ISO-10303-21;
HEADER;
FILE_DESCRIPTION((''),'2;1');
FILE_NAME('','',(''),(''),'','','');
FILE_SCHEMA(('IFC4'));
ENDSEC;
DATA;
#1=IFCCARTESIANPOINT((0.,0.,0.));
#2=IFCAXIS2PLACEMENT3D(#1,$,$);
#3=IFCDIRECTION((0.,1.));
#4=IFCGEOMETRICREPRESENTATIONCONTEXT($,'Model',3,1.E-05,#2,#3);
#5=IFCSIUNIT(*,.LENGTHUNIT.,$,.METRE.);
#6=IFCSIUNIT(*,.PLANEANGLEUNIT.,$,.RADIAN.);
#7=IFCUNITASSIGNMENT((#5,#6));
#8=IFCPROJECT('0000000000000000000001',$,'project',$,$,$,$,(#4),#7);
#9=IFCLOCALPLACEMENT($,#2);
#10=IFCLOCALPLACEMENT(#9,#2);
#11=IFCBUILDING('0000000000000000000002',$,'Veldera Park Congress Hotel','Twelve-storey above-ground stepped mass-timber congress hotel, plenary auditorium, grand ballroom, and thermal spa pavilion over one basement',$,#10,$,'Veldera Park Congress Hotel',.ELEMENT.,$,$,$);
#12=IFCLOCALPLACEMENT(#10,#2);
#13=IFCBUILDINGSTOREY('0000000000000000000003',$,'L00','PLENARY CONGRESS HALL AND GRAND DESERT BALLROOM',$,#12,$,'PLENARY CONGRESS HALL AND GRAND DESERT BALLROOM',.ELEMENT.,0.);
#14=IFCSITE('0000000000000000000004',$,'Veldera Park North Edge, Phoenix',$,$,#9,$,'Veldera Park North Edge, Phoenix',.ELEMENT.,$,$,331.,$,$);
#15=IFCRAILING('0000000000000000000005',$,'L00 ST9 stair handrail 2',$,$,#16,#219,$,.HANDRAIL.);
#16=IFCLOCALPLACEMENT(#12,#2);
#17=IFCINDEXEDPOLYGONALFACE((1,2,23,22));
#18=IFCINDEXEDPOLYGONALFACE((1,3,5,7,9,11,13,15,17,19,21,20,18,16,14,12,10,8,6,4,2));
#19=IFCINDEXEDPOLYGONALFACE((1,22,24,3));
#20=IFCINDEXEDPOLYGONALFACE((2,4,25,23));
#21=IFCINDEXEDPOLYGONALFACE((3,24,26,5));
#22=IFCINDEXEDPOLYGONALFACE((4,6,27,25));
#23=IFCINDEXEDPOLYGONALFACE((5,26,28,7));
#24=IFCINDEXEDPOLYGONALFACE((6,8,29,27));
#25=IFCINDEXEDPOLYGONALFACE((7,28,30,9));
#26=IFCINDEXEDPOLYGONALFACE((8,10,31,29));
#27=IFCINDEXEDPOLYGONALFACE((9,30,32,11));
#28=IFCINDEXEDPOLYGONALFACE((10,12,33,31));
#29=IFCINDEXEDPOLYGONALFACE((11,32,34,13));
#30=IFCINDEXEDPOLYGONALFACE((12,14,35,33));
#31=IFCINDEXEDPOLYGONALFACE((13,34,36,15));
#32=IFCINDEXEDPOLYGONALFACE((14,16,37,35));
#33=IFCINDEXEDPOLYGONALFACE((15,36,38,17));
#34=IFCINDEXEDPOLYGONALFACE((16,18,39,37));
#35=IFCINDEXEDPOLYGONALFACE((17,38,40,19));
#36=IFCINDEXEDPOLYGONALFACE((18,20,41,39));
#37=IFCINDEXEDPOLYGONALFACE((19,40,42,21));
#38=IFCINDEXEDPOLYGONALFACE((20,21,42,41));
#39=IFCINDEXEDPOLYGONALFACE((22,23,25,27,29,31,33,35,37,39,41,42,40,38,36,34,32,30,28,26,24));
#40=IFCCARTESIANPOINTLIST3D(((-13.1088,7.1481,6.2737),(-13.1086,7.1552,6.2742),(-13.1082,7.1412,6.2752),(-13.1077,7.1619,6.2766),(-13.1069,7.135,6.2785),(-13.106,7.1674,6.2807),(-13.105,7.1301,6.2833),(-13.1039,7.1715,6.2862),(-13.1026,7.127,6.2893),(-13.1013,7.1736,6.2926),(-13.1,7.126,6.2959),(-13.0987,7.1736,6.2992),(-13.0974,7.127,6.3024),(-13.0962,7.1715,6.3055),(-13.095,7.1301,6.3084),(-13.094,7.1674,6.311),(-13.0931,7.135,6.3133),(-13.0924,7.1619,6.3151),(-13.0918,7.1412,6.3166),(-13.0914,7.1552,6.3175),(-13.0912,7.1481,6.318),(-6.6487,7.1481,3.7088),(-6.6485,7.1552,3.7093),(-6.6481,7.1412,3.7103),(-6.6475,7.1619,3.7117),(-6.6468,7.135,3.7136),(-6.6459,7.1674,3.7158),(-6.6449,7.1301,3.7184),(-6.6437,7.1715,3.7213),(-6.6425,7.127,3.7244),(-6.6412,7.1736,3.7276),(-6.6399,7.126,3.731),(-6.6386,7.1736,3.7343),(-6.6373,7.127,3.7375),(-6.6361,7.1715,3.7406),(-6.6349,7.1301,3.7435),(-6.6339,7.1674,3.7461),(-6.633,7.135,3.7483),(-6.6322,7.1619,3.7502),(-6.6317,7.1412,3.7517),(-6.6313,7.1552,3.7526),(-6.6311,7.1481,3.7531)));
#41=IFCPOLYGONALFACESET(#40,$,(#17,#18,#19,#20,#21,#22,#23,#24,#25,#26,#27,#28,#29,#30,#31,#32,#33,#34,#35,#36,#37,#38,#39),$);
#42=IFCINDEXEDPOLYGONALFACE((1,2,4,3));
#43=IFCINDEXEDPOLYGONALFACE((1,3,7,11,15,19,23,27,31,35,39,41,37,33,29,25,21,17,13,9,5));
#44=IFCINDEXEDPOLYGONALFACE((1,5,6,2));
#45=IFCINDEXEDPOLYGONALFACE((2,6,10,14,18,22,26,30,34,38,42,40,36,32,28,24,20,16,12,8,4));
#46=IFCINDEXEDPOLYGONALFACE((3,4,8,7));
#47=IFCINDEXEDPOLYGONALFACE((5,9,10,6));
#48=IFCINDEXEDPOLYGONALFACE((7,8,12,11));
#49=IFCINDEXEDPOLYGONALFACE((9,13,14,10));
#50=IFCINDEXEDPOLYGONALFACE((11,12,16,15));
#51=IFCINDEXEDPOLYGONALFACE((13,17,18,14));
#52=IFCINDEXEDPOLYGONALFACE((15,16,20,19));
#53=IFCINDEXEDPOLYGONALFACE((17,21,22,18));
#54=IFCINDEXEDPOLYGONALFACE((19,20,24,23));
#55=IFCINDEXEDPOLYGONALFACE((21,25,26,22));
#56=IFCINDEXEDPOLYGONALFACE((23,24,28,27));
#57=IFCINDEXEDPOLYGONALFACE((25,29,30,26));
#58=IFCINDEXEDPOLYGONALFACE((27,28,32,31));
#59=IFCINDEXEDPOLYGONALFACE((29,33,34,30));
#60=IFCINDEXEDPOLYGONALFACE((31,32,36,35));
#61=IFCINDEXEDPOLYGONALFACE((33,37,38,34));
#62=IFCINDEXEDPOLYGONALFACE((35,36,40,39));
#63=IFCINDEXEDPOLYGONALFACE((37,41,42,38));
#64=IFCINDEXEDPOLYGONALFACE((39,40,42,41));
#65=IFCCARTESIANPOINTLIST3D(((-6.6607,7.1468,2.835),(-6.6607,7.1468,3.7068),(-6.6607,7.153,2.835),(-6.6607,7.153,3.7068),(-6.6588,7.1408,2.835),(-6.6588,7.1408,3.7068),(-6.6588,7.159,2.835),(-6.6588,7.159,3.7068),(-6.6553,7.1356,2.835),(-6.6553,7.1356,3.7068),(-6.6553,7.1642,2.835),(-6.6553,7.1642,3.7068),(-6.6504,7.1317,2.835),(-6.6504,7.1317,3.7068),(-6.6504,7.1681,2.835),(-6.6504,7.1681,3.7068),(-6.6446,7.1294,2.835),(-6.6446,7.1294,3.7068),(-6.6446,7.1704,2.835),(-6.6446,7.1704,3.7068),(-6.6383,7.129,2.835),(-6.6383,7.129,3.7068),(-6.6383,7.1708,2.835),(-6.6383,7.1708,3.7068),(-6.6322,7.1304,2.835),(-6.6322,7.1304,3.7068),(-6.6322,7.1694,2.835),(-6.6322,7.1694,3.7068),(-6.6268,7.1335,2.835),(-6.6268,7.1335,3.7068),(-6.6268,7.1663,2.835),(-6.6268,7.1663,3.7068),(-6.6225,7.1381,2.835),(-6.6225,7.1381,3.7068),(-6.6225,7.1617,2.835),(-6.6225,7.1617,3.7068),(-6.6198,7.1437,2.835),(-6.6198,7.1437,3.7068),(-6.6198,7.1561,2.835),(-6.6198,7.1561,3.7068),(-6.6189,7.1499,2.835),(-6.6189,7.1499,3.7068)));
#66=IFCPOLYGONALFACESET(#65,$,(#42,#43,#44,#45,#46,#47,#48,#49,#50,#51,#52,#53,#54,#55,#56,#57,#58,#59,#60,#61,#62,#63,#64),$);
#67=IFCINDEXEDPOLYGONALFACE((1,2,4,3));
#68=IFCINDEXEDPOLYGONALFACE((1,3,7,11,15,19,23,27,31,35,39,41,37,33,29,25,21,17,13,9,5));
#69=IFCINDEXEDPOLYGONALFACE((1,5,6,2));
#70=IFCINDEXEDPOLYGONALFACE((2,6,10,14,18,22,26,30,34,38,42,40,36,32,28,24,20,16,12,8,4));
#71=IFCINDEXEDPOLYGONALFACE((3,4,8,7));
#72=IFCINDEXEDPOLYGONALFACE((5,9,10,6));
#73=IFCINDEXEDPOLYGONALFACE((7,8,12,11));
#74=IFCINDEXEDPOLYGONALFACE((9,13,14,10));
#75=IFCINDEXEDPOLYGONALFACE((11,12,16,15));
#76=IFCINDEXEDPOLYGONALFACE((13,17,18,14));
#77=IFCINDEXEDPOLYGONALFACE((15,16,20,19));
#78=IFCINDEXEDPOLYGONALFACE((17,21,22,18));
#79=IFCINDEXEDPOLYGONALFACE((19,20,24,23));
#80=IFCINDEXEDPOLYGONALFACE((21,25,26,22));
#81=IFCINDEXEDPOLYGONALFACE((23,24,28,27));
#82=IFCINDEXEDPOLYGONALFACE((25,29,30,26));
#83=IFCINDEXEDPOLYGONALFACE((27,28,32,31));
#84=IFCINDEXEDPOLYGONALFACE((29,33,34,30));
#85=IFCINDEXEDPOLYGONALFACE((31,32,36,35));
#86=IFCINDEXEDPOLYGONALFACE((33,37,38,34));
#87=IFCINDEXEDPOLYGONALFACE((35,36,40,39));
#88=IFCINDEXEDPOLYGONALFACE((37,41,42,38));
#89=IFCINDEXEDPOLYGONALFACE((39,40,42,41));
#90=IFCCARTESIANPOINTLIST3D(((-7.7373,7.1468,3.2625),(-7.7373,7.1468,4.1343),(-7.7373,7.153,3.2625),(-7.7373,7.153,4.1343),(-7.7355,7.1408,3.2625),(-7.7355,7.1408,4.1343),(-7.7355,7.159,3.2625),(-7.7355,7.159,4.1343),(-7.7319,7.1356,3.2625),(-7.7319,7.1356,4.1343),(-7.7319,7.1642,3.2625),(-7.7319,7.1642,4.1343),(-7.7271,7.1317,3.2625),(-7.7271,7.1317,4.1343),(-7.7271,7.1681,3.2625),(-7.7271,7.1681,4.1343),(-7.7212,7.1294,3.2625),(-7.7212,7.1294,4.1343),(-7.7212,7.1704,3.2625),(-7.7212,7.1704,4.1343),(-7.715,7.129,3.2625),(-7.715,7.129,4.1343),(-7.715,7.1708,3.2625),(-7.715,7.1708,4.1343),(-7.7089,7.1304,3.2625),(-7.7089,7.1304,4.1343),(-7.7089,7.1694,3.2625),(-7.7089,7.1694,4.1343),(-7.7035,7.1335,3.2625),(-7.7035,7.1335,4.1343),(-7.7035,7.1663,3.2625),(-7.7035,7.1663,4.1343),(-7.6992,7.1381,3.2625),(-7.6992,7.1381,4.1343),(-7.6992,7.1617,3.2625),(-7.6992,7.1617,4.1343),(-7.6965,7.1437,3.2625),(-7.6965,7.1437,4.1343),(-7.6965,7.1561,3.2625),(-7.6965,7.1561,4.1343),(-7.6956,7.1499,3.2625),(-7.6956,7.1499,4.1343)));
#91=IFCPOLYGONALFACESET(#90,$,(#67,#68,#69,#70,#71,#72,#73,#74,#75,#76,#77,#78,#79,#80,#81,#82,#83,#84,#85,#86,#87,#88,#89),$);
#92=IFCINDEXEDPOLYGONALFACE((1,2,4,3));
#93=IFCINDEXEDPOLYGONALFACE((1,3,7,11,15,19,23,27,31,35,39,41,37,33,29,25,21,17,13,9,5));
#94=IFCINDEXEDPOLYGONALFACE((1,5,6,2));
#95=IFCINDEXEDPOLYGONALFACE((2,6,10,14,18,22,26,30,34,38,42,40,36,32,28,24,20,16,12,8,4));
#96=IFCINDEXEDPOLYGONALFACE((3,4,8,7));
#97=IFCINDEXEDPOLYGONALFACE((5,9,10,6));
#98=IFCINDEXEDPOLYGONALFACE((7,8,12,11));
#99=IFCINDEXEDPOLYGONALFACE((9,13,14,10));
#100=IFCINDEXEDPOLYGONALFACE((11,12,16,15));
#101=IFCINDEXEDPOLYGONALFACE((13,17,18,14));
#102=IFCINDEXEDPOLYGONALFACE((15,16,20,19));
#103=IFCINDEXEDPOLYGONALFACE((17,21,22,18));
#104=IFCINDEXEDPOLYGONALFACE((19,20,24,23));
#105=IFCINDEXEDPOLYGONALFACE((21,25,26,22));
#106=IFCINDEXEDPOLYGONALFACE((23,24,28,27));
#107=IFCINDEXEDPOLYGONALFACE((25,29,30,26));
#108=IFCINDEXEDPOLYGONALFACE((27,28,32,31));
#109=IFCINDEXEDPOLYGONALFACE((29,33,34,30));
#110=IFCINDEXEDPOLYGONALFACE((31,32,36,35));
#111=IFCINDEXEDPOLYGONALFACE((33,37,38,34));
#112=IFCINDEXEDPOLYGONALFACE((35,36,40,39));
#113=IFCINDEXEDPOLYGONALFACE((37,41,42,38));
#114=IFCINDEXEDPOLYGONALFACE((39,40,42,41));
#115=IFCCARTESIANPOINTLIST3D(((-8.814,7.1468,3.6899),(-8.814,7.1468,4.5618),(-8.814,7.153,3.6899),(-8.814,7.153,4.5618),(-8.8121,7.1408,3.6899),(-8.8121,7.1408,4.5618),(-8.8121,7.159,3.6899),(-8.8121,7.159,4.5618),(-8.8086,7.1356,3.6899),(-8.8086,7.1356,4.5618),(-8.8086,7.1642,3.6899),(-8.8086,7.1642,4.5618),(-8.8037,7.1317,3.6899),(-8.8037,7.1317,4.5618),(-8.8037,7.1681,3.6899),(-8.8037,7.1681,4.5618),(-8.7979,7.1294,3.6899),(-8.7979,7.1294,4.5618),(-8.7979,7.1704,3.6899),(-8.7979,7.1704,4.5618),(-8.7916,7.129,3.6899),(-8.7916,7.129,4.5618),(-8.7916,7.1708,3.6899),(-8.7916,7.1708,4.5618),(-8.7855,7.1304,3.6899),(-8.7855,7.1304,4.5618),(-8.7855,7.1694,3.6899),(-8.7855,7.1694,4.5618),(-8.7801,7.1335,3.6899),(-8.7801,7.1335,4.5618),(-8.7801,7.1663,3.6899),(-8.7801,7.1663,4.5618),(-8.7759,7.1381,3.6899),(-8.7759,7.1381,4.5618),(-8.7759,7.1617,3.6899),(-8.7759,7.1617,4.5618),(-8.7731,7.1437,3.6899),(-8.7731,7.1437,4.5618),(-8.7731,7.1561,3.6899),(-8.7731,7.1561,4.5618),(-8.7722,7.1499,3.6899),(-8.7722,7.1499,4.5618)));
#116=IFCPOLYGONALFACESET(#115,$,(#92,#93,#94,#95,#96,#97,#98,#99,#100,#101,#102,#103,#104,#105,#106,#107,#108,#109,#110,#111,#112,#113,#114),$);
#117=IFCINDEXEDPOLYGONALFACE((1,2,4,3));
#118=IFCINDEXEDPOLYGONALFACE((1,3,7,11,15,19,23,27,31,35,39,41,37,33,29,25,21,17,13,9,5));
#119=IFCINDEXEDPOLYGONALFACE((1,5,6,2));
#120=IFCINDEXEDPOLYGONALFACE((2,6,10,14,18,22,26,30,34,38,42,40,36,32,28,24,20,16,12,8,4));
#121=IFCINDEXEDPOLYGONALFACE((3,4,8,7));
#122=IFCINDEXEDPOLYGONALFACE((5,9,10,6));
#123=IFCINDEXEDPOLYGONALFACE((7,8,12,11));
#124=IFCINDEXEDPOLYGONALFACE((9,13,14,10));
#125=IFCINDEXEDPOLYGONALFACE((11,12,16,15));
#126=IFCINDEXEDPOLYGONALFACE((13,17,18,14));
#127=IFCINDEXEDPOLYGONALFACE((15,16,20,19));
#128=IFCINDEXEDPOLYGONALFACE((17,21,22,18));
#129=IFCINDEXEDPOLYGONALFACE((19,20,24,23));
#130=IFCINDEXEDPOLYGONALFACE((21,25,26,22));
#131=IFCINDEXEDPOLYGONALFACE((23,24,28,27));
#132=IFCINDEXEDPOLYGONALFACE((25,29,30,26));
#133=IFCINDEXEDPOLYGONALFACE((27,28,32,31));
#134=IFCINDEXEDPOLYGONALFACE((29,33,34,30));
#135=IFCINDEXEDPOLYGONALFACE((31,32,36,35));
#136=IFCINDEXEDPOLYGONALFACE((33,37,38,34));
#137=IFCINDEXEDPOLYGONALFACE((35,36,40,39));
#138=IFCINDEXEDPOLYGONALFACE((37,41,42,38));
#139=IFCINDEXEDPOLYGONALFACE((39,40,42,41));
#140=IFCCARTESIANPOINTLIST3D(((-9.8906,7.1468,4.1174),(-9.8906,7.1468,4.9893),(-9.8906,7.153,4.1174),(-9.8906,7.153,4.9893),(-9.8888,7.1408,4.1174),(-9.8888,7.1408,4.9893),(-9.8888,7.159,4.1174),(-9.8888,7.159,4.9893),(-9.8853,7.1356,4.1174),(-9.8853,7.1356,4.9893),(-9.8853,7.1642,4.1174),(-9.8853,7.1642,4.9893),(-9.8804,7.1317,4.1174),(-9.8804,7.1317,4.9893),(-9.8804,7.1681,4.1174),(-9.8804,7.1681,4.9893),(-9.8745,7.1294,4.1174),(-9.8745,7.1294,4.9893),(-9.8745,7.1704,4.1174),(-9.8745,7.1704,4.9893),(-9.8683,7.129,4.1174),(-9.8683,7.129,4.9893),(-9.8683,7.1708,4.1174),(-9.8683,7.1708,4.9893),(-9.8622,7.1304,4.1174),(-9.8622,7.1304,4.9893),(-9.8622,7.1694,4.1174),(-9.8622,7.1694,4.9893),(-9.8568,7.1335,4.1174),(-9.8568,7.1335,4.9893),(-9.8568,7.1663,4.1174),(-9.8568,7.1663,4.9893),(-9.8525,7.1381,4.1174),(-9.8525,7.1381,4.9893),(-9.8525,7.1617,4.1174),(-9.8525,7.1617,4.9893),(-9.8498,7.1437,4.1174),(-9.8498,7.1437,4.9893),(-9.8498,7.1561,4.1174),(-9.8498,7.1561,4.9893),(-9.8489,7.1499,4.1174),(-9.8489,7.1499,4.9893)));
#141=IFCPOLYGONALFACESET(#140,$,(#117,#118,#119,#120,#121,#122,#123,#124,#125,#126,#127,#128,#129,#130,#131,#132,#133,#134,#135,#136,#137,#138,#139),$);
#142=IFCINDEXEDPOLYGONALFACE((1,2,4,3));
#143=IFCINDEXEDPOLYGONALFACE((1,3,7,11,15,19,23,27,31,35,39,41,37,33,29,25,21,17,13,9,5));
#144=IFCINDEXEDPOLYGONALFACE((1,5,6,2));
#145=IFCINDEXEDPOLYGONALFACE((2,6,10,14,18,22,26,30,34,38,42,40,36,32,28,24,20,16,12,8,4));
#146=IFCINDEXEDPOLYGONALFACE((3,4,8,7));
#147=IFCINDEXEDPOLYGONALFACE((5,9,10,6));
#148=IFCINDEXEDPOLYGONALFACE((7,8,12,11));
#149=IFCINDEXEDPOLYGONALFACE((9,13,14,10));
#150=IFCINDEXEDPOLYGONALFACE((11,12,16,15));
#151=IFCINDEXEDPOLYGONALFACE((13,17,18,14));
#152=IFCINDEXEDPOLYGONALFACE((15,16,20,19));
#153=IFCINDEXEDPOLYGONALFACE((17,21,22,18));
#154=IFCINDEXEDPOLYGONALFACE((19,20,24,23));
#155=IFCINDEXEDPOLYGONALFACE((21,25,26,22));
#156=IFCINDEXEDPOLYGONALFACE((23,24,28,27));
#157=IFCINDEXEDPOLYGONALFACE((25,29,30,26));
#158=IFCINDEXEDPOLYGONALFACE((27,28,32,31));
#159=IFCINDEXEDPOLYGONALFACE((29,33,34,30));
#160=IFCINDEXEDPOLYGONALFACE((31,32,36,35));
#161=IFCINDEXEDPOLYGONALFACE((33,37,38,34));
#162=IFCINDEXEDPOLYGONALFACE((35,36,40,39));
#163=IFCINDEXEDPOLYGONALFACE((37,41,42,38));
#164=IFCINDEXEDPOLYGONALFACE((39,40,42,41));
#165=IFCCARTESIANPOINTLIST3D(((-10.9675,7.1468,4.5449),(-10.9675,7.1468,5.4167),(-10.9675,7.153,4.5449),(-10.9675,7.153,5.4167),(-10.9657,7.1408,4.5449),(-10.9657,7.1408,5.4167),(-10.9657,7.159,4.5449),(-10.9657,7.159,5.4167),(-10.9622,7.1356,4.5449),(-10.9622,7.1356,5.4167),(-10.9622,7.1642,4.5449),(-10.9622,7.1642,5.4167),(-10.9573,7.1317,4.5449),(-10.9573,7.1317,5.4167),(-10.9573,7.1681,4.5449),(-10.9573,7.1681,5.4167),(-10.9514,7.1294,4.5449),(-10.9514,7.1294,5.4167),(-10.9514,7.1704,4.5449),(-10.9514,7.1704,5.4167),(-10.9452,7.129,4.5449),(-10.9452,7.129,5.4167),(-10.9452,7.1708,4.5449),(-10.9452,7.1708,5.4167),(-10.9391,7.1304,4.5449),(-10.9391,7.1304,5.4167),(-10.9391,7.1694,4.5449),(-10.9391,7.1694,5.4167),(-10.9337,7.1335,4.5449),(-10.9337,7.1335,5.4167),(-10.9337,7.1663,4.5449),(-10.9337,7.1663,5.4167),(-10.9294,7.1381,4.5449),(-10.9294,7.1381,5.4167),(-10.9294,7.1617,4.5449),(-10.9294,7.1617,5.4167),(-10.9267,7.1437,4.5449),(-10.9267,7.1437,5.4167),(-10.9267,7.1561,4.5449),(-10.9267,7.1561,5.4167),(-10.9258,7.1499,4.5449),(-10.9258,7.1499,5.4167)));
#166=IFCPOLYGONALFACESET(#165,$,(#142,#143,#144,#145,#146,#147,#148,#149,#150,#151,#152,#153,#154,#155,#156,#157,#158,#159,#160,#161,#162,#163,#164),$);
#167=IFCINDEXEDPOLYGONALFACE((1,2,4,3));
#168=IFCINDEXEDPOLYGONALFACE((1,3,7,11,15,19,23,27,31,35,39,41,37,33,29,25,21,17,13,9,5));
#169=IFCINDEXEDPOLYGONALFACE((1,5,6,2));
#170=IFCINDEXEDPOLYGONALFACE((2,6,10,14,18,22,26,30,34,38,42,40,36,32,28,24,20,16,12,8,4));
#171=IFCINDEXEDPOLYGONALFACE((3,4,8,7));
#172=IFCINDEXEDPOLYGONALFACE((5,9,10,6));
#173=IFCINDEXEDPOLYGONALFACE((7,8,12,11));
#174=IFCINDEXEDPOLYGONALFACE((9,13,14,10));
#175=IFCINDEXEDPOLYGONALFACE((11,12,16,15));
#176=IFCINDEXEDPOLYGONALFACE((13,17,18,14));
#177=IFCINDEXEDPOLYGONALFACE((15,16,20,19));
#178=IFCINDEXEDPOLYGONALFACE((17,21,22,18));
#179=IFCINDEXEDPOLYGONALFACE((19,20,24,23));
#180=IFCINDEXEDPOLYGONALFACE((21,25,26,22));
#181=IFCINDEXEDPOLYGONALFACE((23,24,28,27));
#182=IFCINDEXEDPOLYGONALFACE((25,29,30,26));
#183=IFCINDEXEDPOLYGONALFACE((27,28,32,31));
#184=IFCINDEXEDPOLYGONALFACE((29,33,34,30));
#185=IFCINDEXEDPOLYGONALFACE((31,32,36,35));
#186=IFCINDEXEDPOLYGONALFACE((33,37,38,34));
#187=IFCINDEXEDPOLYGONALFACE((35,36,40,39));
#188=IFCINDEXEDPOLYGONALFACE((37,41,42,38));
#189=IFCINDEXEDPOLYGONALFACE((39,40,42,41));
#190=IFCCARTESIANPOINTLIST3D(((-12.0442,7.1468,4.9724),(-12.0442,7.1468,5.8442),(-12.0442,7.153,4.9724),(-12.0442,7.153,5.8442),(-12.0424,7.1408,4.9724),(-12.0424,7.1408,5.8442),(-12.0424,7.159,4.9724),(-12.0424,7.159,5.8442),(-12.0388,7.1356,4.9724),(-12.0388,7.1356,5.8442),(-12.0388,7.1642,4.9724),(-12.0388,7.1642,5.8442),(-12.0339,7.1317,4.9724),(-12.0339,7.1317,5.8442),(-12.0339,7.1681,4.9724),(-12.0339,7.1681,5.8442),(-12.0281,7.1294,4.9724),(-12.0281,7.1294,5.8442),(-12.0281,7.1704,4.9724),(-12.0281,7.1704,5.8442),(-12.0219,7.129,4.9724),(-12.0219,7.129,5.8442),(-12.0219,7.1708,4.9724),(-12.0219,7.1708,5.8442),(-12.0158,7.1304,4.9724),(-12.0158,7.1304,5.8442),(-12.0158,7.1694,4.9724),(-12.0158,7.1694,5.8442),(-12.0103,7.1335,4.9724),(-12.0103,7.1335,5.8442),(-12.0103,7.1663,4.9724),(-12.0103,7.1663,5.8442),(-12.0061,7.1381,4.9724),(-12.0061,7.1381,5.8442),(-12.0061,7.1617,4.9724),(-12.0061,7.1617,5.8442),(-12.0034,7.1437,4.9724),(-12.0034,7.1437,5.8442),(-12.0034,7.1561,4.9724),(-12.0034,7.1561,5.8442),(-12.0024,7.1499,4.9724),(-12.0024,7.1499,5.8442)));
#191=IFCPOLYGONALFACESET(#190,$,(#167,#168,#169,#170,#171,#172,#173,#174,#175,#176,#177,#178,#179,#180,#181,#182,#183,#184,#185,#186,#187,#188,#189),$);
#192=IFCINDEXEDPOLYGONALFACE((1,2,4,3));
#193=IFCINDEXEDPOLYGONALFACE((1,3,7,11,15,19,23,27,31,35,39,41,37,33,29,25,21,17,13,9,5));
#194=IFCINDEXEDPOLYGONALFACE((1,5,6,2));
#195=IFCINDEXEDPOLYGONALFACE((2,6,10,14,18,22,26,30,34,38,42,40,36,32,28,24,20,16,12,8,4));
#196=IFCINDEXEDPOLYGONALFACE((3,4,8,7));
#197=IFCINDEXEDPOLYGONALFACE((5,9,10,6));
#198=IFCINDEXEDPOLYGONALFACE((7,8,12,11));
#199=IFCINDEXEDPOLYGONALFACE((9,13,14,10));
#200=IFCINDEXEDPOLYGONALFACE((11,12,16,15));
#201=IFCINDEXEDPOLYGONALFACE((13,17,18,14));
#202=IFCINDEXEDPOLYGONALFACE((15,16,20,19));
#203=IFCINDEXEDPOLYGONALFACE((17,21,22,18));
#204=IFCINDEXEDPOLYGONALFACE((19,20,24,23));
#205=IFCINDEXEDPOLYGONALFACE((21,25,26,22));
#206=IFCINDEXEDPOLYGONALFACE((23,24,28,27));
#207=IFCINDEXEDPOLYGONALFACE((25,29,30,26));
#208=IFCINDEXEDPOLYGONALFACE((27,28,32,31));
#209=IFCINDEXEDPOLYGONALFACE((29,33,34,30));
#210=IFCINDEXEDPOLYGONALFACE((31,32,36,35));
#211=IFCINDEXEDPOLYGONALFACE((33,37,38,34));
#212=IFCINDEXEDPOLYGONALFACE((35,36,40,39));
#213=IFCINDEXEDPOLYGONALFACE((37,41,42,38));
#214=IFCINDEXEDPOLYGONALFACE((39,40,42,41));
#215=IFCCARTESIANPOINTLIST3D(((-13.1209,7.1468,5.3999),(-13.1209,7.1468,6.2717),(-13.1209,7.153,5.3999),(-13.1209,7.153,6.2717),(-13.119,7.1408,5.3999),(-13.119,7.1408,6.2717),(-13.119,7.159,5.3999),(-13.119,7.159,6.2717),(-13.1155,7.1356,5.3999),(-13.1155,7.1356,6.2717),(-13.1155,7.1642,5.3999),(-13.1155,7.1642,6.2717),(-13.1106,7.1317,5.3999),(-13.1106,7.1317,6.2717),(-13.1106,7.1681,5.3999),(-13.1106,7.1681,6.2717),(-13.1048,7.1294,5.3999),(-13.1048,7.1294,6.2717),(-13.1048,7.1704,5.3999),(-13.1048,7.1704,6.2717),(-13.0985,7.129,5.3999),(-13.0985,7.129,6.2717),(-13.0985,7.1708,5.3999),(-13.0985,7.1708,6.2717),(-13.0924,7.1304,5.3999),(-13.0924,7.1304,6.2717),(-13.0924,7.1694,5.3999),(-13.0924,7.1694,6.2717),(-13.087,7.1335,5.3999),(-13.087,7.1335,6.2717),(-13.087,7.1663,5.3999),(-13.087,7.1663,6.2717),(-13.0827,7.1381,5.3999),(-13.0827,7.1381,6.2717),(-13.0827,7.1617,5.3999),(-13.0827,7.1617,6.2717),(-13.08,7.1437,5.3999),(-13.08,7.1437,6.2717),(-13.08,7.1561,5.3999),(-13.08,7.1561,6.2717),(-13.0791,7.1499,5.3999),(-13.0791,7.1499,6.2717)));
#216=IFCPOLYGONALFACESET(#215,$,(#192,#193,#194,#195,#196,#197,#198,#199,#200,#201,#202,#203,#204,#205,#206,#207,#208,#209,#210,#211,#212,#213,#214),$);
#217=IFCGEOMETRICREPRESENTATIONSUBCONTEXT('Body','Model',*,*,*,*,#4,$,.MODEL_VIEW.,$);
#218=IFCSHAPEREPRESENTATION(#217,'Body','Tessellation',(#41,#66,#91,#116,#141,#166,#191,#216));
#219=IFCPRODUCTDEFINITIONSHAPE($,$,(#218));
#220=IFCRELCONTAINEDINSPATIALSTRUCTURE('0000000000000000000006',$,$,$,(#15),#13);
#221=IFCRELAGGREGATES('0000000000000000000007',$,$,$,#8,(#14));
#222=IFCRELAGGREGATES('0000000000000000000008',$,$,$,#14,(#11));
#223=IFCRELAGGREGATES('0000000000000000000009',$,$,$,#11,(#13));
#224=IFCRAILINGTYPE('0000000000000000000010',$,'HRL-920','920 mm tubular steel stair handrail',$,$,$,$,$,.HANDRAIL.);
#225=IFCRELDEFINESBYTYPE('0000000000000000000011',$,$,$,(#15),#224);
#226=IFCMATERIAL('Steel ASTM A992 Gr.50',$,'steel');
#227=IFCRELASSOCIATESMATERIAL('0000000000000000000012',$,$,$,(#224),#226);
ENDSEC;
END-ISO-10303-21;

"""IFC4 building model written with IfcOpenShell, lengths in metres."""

from ifc_helpers import new_model, si_unit, direction, frame, origin, origin_2d, place, context, subcontext, project, spatial, circle, extrude, material, type_object, element, save


model = new_model("IFC4")

# Units and contexts
model_context = context("Model", 3, precision=1e-05, world=origin(), true_north=direction((0.0, 1.0)))
body_context = subcontext(model_context, "Body", "Model", "MODEL_VIEW")
ifc_project = project(units=[si_unit("LENGTHUNIT", "METRE"), si_unit("PLANEANGLEUNIT", "RADIAN")], contexts=[model_context])

# Site, building, storey
site_placement = place(None, origin())
site = spatial("IfcSite", under=ifc_project, at=site_placement, Name="Veldera Park North Edge, Phoenix", LongName="Veldera Park North Edge, Phoenix", CompositionType="ELEMENT", RefElevation=331.0)
building_placement = place(site_placement, origin())
building = spatial("IfcBuilding", under=site, at=building_placement, Name="Veldera Park Congress Hotel", Description="Twelve-storey above-ground stepped mass-timber congress hotel, plenary auditorium, grand ballroom, and thermal spa pavilion over one basement", LongName="Veldera Park Congress Hotel", CompositionType="ELEMENT")
storey_placement = place(building_placement, origin())
storey = spatial("IfcBuildingStorey", under=building, at=storey_placement, Name="L00", Description="PLENARY CONGRESS HALL AND GRAND DESERT BALLROOM", LongName="PLENARY CONGRESS HALL AND GRAND DESERT BALLROOM", CompositionType="ELEMENT", Elevation=0.0)

# Shared definitions
ifc_material_1 = material(Name="Steel ASTM A992 Gr.50", Category="steel")

# Railing
railing_type_1 = type_object("IfcRailingType", Name="HRL-920", Description="920 mm tubular steel stair handrail", PredefinedType="HANDRAIL", material=ifc_material_1)
railing_1_placement = place(storey_placement, frame((-6.6399, 7.1499, 2.835)))
element("IfcRailing", 1, at=railing_1_placement, inside=storey, type_object=railing_type_1, Name="L00 ST9 stair handrail 2", PredefinedType="HANDRAIL", context=body_context, shape_type="SweptSolid", body=[
    extrude(circle(Radius=0.0239, at=origin_2d()), frame((0.0, 0.0, 0.896), z_axis=(-0.929423, 0.0, 0.369016), x_axis=(0.0, -1.0, 0.0)), (0.0, 0.0, 1.0), 6.9507),
    extrude(circle(Radius=0.021, at=origin_2d()), origin(), (0.0, 0.0, 1.0), 0.8718),
    extrude(circle(Radius=0.021, at=origin_2d()), frame((-1.0767, 0.0, 0.4275)), (0.0, 0.0, 1.0), 0.8718),
    extrude(circle(Radius=0.021, at=origin_2d()), frame((-2.1533, 0.0, 0.855)), (0.0, 0.0, 1.0), 0.8718),
    extrude(circle(Radius=0.021, at=origin_2d()), frame((-3.23, 0.0, 1.2825)), (0.0, 0.0, 1.0), 0.8718),
    extrude(circle(Radius=0.021, at=origin_2d()), frame((-4.3069, 0.0, 1.71)), (0.0, 0.0, 1.0), 0.8718),
    extrude(circle(Radius=0.021, at=origin_2d()), frame((-5.3835, 0.0, 2.1375)), (0.0, 0.0, 1.0), 0.8718),
    extrude(circle(Radius=0.021, at=origin_2d()), frame((-6.4602, 0.0, 2.5649)), (0.0, 0.0, 1.0), 0.8718),
])

save(model, "model.ifc")
